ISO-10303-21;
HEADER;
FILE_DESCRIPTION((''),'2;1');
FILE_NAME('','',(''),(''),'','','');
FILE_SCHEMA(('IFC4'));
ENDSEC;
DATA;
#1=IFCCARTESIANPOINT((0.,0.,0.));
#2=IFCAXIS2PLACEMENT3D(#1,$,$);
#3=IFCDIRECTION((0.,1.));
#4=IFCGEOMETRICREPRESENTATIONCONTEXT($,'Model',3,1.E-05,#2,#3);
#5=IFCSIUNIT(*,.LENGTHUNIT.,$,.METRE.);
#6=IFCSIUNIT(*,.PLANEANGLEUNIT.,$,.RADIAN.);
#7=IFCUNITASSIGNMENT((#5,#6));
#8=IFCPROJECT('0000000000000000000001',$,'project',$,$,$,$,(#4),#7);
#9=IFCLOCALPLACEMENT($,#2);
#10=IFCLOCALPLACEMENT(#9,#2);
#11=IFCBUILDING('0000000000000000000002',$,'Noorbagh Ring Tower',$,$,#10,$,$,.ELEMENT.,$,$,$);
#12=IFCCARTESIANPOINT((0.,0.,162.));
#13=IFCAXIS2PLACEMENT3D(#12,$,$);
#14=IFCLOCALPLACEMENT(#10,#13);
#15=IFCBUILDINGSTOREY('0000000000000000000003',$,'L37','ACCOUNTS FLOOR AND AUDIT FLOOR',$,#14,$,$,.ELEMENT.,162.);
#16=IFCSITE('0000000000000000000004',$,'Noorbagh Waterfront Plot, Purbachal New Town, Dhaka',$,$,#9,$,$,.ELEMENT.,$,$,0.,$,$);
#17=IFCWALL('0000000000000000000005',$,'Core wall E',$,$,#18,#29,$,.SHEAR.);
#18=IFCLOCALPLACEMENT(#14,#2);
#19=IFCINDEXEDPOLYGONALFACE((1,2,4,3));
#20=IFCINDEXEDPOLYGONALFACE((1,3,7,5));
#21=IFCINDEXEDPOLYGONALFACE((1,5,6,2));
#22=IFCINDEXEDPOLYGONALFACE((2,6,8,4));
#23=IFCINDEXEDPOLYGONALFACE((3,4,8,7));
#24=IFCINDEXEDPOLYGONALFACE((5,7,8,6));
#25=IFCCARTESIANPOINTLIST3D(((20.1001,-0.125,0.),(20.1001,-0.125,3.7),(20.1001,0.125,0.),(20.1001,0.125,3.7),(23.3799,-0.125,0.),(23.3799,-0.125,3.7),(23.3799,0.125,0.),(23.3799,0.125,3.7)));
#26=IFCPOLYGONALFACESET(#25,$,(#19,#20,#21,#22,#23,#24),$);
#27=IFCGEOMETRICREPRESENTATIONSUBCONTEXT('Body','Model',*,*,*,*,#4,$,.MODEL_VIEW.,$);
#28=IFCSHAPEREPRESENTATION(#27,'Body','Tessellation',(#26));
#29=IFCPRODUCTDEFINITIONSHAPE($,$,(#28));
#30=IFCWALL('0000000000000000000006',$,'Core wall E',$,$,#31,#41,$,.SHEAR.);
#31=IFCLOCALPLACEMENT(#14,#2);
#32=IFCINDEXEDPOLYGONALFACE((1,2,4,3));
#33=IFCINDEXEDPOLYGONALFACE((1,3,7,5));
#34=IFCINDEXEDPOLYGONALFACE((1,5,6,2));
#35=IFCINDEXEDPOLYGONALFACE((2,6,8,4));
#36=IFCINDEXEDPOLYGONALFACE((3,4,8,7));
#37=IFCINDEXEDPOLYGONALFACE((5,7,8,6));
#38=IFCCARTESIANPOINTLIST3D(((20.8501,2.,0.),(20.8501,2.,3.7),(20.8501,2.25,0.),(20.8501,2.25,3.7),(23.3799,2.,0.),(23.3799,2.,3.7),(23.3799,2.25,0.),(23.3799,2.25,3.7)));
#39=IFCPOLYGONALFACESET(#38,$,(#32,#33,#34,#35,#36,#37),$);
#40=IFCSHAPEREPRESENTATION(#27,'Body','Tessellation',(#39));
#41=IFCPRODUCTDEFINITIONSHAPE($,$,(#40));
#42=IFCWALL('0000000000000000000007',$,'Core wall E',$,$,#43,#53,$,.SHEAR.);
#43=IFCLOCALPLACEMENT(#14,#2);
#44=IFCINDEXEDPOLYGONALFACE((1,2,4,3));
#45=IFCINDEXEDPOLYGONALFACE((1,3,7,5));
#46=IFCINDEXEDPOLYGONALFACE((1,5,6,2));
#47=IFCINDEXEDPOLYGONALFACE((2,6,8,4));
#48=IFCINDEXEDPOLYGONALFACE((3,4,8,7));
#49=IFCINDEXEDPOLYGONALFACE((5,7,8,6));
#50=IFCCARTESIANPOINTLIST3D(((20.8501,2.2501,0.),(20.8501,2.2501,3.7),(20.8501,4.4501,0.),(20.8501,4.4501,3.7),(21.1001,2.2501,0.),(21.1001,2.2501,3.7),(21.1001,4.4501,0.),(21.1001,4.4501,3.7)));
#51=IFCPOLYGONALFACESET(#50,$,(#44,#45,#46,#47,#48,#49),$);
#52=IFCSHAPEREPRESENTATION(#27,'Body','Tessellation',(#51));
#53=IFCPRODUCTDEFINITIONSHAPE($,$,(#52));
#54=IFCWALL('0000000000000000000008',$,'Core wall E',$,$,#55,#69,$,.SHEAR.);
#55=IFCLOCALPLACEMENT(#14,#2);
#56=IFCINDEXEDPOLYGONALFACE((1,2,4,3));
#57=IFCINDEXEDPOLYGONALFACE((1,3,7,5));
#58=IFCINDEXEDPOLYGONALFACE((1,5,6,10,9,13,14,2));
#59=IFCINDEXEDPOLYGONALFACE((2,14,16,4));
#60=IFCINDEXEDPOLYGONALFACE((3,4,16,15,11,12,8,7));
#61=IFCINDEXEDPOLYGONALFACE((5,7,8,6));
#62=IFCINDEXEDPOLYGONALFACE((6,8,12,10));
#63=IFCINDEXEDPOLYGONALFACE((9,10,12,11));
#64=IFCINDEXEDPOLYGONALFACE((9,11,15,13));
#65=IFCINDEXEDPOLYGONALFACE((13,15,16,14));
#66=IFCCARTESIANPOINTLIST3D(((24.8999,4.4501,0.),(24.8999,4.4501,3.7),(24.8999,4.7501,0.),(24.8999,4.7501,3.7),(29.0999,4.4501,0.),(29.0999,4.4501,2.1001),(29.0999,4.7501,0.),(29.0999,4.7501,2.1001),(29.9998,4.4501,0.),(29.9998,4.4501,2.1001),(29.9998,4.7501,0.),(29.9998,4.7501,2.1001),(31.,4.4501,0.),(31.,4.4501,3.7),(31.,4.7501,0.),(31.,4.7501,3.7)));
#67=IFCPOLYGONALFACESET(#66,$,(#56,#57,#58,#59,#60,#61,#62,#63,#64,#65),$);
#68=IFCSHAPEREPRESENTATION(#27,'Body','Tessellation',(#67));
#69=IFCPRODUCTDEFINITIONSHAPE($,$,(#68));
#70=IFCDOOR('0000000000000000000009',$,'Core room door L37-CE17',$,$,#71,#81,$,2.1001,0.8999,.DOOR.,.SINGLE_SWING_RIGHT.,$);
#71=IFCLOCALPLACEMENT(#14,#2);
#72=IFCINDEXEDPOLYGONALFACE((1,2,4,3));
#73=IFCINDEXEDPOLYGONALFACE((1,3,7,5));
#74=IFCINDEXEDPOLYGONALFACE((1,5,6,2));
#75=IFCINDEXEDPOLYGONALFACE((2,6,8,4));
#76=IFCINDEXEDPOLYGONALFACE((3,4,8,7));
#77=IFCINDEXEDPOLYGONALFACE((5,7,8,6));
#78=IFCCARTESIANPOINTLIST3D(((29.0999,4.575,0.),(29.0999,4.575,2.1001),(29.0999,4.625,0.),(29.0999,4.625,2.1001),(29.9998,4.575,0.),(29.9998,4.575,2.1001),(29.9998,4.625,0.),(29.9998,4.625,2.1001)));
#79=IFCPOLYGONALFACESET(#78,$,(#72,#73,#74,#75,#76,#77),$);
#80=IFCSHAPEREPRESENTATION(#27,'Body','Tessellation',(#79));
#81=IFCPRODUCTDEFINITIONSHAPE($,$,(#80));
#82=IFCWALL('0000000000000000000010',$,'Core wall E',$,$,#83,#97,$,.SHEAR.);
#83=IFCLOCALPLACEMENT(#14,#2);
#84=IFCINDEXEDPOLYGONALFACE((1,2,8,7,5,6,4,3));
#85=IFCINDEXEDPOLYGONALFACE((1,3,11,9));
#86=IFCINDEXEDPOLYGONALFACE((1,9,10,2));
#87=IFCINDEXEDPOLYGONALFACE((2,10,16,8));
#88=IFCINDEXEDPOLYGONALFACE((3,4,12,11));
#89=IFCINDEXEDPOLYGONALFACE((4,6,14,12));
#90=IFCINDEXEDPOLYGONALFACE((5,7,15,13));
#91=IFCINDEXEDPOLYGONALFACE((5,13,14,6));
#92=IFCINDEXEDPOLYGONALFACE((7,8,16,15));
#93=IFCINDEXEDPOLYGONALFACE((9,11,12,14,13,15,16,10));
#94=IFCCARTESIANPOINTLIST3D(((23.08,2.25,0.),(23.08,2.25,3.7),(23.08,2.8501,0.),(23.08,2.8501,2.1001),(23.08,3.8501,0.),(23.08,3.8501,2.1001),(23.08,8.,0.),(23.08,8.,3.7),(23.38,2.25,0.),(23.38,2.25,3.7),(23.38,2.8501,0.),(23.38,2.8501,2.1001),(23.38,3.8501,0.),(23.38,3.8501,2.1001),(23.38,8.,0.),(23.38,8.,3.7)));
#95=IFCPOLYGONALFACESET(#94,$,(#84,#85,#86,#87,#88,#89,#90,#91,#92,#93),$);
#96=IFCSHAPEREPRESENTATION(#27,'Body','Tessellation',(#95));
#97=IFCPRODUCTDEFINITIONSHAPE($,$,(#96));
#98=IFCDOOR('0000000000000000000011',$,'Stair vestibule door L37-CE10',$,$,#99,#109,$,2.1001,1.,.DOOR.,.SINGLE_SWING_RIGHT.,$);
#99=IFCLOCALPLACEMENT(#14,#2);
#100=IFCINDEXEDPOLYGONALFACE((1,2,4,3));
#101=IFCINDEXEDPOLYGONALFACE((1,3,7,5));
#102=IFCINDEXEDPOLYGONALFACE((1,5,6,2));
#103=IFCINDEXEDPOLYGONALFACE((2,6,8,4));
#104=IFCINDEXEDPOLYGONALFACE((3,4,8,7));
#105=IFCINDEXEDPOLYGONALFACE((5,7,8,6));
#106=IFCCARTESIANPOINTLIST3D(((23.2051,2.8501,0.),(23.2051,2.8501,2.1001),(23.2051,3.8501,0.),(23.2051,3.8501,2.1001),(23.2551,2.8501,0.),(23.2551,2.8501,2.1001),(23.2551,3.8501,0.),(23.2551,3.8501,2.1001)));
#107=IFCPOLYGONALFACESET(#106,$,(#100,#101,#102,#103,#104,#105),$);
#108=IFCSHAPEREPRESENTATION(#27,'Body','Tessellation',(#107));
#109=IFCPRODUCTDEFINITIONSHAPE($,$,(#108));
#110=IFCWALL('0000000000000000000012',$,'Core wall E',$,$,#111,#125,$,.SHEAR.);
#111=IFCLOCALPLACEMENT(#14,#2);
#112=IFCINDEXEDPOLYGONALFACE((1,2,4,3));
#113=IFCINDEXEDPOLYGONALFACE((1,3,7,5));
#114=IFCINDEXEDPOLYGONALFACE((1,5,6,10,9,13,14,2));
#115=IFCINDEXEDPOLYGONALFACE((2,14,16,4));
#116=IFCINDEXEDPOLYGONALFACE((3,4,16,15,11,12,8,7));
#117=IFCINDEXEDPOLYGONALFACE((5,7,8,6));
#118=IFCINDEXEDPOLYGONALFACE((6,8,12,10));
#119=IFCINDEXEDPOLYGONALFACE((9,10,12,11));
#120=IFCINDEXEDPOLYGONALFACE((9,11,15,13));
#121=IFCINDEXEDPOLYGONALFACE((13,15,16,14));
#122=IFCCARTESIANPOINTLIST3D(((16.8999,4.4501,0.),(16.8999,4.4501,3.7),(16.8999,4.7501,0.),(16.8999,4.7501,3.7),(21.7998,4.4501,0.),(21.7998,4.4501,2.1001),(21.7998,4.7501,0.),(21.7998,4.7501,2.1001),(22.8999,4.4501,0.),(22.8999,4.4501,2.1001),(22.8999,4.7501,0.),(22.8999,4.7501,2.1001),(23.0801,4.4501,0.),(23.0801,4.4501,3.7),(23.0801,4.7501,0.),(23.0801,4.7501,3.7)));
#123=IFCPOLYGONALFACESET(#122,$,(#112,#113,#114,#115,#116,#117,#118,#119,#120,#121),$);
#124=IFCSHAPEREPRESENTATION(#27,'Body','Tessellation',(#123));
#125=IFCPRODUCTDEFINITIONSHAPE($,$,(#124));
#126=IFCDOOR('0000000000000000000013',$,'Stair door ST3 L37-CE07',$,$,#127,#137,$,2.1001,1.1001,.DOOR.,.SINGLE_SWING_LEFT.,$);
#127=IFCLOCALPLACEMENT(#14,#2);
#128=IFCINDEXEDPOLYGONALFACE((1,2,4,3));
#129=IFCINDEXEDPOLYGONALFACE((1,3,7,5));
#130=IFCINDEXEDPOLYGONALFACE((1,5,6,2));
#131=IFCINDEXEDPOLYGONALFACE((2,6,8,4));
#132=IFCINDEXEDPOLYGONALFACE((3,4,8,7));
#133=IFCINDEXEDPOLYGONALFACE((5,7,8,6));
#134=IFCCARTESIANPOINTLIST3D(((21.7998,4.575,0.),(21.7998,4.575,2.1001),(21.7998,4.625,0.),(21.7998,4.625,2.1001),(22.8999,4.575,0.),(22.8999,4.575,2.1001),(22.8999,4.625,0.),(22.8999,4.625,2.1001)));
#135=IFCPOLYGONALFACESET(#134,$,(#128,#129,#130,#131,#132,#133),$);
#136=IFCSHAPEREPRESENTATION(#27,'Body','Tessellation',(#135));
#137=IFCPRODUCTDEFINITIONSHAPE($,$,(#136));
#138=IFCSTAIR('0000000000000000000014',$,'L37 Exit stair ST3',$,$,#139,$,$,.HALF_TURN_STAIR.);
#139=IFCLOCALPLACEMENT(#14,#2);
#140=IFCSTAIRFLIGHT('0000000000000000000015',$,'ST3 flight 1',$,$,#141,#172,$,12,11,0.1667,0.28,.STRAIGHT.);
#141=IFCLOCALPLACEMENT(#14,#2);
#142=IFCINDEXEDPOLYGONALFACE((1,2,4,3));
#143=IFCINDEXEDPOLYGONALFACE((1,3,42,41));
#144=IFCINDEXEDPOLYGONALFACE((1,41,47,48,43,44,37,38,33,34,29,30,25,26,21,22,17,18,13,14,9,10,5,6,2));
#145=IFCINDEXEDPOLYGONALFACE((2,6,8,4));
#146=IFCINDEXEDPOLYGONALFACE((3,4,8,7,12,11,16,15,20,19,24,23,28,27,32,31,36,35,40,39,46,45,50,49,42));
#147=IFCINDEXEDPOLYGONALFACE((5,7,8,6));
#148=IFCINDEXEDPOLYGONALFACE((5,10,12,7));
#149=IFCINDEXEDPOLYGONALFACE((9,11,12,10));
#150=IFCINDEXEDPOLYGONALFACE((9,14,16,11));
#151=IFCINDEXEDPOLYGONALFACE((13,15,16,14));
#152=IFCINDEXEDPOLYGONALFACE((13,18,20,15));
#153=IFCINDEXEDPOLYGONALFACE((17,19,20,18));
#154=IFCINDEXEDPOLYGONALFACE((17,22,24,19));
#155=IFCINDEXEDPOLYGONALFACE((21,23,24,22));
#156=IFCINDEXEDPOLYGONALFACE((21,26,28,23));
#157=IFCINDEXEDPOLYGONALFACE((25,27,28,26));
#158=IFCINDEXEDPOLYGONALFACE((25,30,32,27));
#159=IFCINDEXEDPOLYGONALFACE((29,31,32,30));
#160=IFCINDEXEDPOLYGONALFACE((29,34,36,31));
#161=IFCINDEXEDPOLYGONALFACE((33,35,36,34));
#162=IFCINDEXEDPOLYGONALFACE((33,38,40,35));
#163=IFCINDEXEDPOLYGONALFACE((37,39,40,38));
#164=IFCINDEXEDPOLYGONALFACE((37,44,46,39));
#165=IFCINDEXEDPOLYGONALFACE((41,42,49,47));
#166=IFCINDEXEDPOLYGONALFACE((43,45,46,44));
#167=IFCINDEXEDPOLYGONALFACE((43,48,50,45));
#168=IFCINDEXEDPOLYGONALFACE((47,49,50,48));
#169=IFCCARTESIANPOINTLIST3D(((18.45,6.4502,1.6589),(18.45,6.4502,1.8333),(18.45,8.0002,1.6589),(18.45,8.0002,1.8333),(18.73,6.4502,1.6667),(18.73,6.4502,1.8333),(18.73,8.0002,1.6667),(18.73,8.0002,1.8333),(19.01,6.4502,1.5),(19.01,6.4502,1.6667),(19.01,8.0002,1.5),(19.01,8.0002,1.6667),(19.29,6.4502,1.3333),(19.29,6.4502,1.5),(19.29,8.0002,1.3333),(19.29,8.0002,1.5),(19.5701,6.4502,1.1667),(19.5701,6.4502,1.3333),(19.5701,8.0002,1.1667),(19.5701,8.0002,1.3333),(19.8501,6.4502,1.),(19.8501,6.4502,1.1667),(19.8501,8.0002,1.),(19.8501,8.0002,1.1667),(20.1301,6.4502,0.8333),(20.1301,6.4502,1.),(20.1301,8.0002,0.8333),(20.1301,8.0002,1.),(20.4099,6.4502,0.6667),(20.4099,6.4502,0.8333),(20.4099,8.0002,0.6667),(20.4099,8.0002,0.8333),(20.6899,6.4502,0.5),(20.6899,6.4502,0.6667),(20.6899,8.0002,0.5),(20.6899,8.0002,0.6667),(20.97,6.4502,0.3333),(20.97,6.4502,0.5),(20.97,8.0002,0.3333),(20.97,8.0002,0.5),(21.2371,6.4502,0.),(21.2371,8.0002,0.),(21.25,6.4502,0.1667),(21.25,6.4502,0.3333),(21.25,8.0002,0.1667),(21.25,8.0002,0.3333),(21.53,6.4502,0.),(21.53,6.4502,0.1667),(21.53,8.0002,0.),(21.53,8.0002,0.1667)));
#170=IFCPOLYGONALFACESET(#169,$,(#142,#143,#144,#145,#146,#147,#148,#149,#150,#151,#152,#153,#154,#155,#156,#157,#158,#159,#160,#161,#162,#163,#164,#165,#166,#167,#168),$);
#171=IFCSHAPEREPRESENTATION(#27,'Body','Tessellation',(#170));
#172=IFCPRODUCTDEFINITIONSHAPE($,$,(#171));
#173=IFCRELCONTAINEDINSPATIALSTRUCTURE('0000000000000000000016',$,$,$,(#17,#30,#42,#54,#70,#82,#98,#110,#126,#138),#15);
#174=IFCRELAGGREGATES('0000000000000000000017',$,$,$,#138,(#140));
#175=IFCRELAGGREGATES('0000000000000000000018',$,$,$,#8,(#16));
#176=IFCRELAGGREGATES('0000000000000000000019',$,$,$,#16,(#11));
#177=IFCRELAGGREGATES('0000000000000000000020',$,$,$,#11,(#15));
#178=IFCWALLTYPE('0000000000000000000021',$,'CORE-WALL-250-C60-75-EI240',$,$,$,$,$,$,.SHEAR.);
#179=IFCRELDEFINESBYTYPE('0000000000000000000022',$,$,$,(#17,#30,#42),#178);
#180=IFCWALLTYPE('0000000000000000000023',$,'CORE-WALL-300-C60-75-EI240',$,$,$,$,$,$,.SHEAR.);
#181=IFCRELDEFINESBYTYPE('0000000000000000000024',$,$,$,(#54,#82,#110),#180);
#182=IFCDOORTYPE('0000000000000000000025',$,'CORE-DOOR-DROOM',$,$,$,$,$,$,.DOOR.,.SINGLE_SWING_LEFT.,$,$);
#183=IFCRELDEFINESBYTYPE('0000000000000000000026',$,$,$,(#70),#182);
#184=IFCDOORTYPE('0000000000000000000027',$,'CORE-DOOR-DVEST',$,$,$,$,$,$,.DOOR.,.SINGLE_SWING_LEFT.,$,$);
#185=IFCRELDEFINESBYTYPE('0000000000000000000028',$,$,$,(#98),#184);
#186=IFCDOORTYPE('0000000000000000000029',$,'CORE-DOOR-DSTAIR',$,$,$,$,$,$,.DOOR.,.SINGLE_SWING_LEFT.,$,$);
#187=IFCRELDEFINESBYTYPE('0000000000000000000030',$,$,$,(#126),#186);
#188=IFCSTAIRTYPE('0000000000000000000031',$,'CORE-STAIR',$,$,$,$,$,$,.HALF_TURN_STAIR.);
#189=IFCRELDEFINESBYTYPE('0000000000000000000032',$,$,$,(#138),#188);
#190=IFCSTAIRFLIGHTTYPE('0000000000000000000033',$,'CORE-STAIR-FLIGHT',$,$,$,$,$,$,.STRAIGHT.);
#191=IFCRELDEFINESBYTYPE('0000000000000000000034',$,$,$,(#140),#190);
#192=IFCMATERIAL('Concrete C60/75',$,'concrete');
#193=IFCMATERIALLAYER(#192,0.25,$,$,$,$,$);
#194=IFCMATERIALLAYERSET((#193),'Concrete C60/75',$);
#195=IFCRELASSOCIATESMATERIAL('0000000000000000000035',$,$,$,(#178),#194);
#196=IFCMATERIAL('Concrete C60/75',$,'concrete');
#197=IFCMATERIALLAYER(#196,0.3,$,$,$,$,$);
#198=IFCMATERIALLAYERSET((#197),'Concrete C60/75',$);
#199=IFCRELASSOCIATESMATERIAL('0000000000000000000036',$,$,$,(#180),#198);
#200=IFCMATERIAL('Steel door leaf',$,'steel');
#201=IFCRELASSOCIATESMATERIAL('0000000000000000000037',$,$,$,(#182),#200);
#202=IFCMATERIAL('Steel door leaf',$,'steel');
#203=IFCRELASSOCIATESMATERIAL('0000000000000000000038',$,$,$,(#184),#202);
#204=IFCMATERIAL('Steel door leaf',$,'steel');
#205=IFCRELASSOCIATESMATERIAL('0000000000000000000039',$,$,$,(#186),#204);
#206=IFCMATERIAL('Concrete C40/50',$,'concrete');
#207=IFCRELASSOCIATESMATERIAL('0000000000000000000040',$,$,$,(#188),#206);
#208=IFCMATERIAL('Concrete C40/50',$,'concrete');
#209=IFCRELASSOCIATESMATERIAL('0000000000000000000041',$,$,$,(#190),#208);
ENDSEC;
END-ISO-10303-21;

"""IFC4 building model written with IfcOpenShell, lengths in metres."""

from ifc_helpers import new_model, si_unit, direction, frame, frame_2d, origin, place, context, subcontext, project, spatial, polyline, rectangle, outline, extrude, material, layer, layer_set, type_object, element, fill, aggregate, save


model = new_model("IFC4")

# Units and contexts
model_context = context("Model", 3, precision=1e-05, world=origin(), true_north=direction((0.0, 1.0)))
body_context = subcontext(model_context, "Body", "Model", "MODEL_VIEW")
ifc_project = project(units=[si_unit("LENGTHUNIT", "METRE"), si_unit("PLANEANGLEUNIT", "RADIAN")], contexts=[model_context])

# Site, building, storey
site_placement = place(None, origin())
site = spatial("IfcSite", under=ifc_project, at=site_placement, Name="Noorbagh Waterfront Plot, Purbachal New Town, Dhaka", CompositionType="ELEMENT", RefElevation=0.0)
building_placement = place(site_placement, origin())
building = spatial("IfcBuilding", under=site, at=building_placement, Name="Noorbagh Ring Tower", CompositionType="ELEMENT")
storey_placement = place(building_placement, frame((0.0, 0.0, 162.0)))
storey = spatial("IfcBuildingStorey", under=building, at=storey_placement, Name="L37", Description="ACCOUNTS FLOOR AND AUDIT FLOOR", CompositionType="ELEMENT", Elevation=162.0)

# Walls
ifc_material_1 = material(Name="Concrete C60/75", Category="concrete")
ifc_layer_1 = layer(ifc_material_1, 0.25)
ifc_layer_set_1 = layer_set([ifc_layer_1], Name="Concrete C60/75")
wall_type_1 = type_object("IfcWallType", Name="CORE-WALL-250-C60-75-EI240", PredefinedType="SHEAR", material=ifc_layer_set_1)
wall_1_placement = place(storey_placement, frame((20.1001, 0.0, 0.0), z_axis=(0.0, 0.0, 1.0), x_axis=(1.0, 0.0, 0.0)))
element("IfcWall", 1, at=wall_1_placement, inside=storey, type_object=wall_type_1, Name="Core wall E", PredefinedType="SHEAR", context=body_context, shape_type="SweptSolid", body=[
    extrude(rectangle(XDim=3.2798, YDim=0.25, at=frame_2d((1.6399, 0.0))), origin(), (0.0, 0.0, 1.0), 3.7),
])
wall_2_placement = place(storey_placement, frame((20.8501, 2.125, 0.0), z_axis=(0.0, 0.0, 1.0), x_axis=(1.0, 0.0, 0.0)))
element("IfcWall", 2, at=wall_2_placement, inside=storey, type_object=wall_type_1, Name="Core wall E", PredefinedType="SHEAR", context=body_context, shape_type="SweptSolid", body=[
    extrude(rectangle(XDim=2.5298, YDim=0.25, at=frame_2d((1.2649, 0.0))), origin(), (0.0, 0.0, 1.0), 3.7),
])
wall_3_placement = place(storey_placement, frame((20.9751, 2.25, 0.0), z_axis=(0.0, 0.0, 1.0), x_axis=(0.0, 1.0, 0.0)))
element("IfcWall", 3, at=wall_3_placement, inside=storey, type_object=wall_type_1, Name="Core wall E", PredefinedType="SHEAR", context=body_context, shape_type="SweptSolid", body=[
    extrude(rectangle(XDim=2.2, YDim=0.25, at=frame_2d((1.1001, 0.0))), origin(), (0.0, 0.0, 1.0), 3.7),
])

# Walls, openings, doors
ifc_material_2 = material(Name="Concrete C60/75", Category="concrete")
ifc_layer_2 = layer(ifc_material_2, 0.3)
ifc_layer_set_2 = layer_set([ifc_layer_2], Name="Concrete C60/75")
wall_type_2 = type_object("IfcWallType", Name="CORE-WALL-300-C60-75-EI240", PredefinedType="SHEAR", material=ifc_layer_set_2)
wall_4_placement = place(storey_placement, frame((24.8999, 4.6001, 0.0), z_axis=(0.0, 0.0, 1.0), x_axis=(1.0, 0.0, 0.0)))
wall_4 = element("IfcWall", 4, at=wall_4_placement, inside=storey, type_object=wall_type_2, Name="Core wall E", PredefinedType="SHEAR", context=body_context, shape_type="SweptSolid", body=[
    extrude(rectangle(XDim=6.1001, YDim=0.3, at=frame_2d((3.05, 0.0))), origin(), (0.0, 0.0, 1.0), 3.7),
])
opening_1_placement = place(wall_4_placement, frame((4.2, 0.0, 0.0)))
opening_1 = element("IfcOpeningElement", 5, at=opening_1_placement, cuts=wall_4, PredefinedType="OPENING", context=body_context, shape_type="SweptSolid", body=[
    extrude(rectangle(XDim=0.8999, YDim=2.1001, at=frame_2d((0.45, 1.05))), frame((0.0, 0.1602, 0.0), z_axis=(0.0, -1.0, 0.0), x_axis=(1.0, 0.0, 0.0)), (0.0, 0.0, 1.0), 0.3201),
])
ifc_material_3 = material(Name="Steel door leaf", Category="steel")
door_type_1 = type_object("IfcDoorType", Name="CORE-DOOR-DROOM", OperationType="SINGLE_SWING_LEFT", PredefinedType="DOOR", material=ifc_material_3)
door_1_placement = place(opening_1_placement, origin())
door_1 = element("IfcDoor", 6, at=door_1_placement, inside=storey, type_object=door_type_1, Name="Core room door L37-CE17", OperationType="SINGLE_SWING_RIGHT", OverallHeight=2.1001, OverallWidth=0.8999, PredefinedType="DOOR", context=body_context, shape_type="SweptSolid", body=[
    extrude(rectangle(XDim=0.8999, YDim=2.1001, at=frame_2d((0.45, 1.05))), frame((0.0, 0.0249, 0.0), z_axis=(0.0, -1.0, 0.0), x_axis=(1.0, 0.0, 0.0)), (0.0, 0.0, 1.0), 0.05),
])
fill(opening_1, door_1)
wall_5_placement = place(storey_placement, frame((23.23, 2.25, 0.0), z_axis=(0.0, 0.0, 1.0), x_axis=(0.0, 1.0, 0.0)))
wall_5 = element("IfcWall", 7, at=wall_5_placement, inside=storey, type_object=wall_type_2, Name="Core wall E", PredefinedType="SHEAR", context=body_context, shape_type="SweptSolid", body=[
    extrude(rectangle(XDim=5.75, YDim=0.3, at=frame_2d((2.875, 0.0))), origin(), (0.0, 0.0, 1.0), 3.7),
])
opening_2_placement = place(wall_5_placement, frame((0.6001, 0.0, 0.0)))
opening_2 = element("IfcOpeningElement", 8, at=opening_2_placement, cuts=wall_5, PredefinedType="OPENING", context=body_context, shape_type="SweptSolid", body=[
    extrude(rectangle(XDim=1.0, YDim=2.1001, at=frame_2d((0.5, 1.05))), frame((0.0, 0.1602, 0.0), z_axis=(0.0, -1.0, 0.0), x_axis=(1.0, 0.0, 0.0)), (0.0, 0.0, 1.0), 0.3201),
])
ifc_material_4 = material(Name="Steel door leaf", Category="steel")
door_type_2 = type_object("IfcDoorType", Name="CORE-DOOR-DVEST", OperationType="SINGLE_SWING_LEFT", PredefinedType="DOOR", material=ifc_material_4)
door_2_placement = place(opening_2_placement, origin())
door_2 = element("IfcDoor", 9, at=door_2_placement, inside=storey, type_object=door_type_2, Name="Stair vestibule door L37-CE10", OperationType="SINGLE_SWING_RIGHT", OverallHeight=2.1001, OverallWidth=1.0, PredefinedType="DOOR", context=body_context, shape_type="SweptSolid", body=[
    extrude(rectangle(XDim=1.0, YDim=2.1001, at=frame_2d((0.5, 1.05))), frame((0.0, 0.0249, 0.0), z_axis=(0.0, -1.0, 0.0), x_axis=(1.0, 0.0, 0.0)), (0.0, 0.0, 1.0), 0.05),
])
fill(opening_2, door_2)
wall_6_placement = place(storey_placement, frame((16.8999, 4.6001, 0.0), z_axis=(0.0, 0.0, 1.0), x_axis=(1.0, 0.0, 0.0)))
wall_6 = element("IfcWall", 10, at=wall_6_placement, inside=storey, type_object=wall_type_2, Name="Core wall E", PredefinedType="SHEAR", context=body_context, shape_type="SweptSolid", body=[
    extrude(rectangle(XDim=6.1802, YDim=0.3, at=frame_2d((3.0901, 0.0))), origin(), (0.0, 0.0, 1.0), 3.7),
])
opening_3_placement = place(wall_6_placement, frame((4.8999, 0.0, 0.0)))
opening_3 = element("IfcOpeningElement", 11, at=opening_3_placement, cuts=wall_6, PredefinedType="OPENING", context=body_context, shape_type="SweptSolid", body=[
    extrude(rectangle(XDim=1.1001, YDim=2.1001, at=frame_2d((0.55, 1.05))), frame((0.0, 0.1602, 0.0), z_axis=(0.0, -1.0, 0.0), x_axis=(1.0, 0.0, 0.0)), (0.0, 0.0, 1.0), 0.3201),
])
ifc_material_5 = material(Name="Steel door leaf", Category="steel")
door_type_3 = type_object("IfcDoorType", Name="CORE-DOOR-DSTAIR", OperationType="SINGLE_SWING_LEFT", PredefinedType="DOOR", material=ifc_material_5)
door_3_placement = place(opening_3_placement, origin())
door_3 = element("IfcDoor", 12, at=door_3_placement, inside=storey, type_object=door_type_3, Name="Stair door ST3 L37-CE07", OperationType="SINGLE_SWING_LEFT", OverallHeight=2.1001, OverallWidth=1.1001, PredefinedType="DOOR", context=body_context, shape_type="SweptSolid", body=[
    extrude(rectangle(XDim=1.1001, YDim=2.1001, at=frame_2d((0.55, 1.05))), frame((0.0, 0.0249, 0.0), z_axis=(0.0, -1.0, 0.0), x_axis=(1.0, 0.0, 0.0)), (0.0, 0.0, 1.0), 0.05),
])
fill(opening_3, door_3)

# Stair, stair flight
ifc_material_6 = material(Name="Concrete C40/50", Category="concrete")
stair_type = type_object("IfcStairType", Name="CORE-STAIR", PredefinedType="HALF_TURN_STAIR", material=ifc_material_6)
stair_placement = place(storey_placement, origin())
stair = element("IfcStair", 13, at=stair_placement, inside=storey, type_object=stair_type, Name="L37 Exit stair ST3", PredefinedType="HALF_TURN_STAIR")
ifc_material_7 = material(Name="Concrete C40/50", Category="concrete")
stair_flight_type = type_object("IfcStairFlightType", Name="CORE-STAIR-FLIGHT", PredefinedType="STRAIGHT", material=ifc_material_7)
stair_flight_1_placement = place(storey_placement, frame((21.53, 7.2251, 0.0), z_axis=(0.0, 0.0, 1.0), x_axis=(-1.0, 0.0, 0.0)))
stair_flight_1 = element("IfcStairFlight", 14, at=stair_flight_1_placement, type_object=stair_flight_type, Name="ST3 flight 1", NumberOfRisers=12, NumberOfTreads=11, PredefinedType="STRAIGHT", RiserHeight=0.1667, TreadLength=0.28, context=body_context, shape_type="SweptSolid", body=[
    extrude(outline(polyline([(0.0, 0.0), (0.0, 0.1667), (0.28, 0.1667), (0.28, 0.3333), (0.5601, 0.3333), (0.5601, 0.5), (0.8401, 0.5), (0.8401, 0.6667), (1.1201, 0.6667), (1.1201, 0.8333), (1.3999, 0.8333), (1.3999, 1.0), (1.6799, 1.0), (1.6799, 1.1667), (1.96, 1.1667), (1.96, 1.3333), (2.24, 1.3333), (2.24, 1.5), (2.52, 1.5), (2.52, 1.6667), (2.8, 1.6667), (2.8, 1.8333), (3.0801, 1.8333), (3.0801, 2.0), (3.0801, 1.6589), (0.293, 0.0), (0.0, 0.0)])), frame((0.0, 0.7749, 0.0), z_axis=(0.0, -1.0, 0.0), x_axis=(1.0, 0.0, 0.0)), (0.0, 0.0, 1.0), 1.55),
])
aggregate(stair, [stair_flight_1])

save(model, "model.ifc")
